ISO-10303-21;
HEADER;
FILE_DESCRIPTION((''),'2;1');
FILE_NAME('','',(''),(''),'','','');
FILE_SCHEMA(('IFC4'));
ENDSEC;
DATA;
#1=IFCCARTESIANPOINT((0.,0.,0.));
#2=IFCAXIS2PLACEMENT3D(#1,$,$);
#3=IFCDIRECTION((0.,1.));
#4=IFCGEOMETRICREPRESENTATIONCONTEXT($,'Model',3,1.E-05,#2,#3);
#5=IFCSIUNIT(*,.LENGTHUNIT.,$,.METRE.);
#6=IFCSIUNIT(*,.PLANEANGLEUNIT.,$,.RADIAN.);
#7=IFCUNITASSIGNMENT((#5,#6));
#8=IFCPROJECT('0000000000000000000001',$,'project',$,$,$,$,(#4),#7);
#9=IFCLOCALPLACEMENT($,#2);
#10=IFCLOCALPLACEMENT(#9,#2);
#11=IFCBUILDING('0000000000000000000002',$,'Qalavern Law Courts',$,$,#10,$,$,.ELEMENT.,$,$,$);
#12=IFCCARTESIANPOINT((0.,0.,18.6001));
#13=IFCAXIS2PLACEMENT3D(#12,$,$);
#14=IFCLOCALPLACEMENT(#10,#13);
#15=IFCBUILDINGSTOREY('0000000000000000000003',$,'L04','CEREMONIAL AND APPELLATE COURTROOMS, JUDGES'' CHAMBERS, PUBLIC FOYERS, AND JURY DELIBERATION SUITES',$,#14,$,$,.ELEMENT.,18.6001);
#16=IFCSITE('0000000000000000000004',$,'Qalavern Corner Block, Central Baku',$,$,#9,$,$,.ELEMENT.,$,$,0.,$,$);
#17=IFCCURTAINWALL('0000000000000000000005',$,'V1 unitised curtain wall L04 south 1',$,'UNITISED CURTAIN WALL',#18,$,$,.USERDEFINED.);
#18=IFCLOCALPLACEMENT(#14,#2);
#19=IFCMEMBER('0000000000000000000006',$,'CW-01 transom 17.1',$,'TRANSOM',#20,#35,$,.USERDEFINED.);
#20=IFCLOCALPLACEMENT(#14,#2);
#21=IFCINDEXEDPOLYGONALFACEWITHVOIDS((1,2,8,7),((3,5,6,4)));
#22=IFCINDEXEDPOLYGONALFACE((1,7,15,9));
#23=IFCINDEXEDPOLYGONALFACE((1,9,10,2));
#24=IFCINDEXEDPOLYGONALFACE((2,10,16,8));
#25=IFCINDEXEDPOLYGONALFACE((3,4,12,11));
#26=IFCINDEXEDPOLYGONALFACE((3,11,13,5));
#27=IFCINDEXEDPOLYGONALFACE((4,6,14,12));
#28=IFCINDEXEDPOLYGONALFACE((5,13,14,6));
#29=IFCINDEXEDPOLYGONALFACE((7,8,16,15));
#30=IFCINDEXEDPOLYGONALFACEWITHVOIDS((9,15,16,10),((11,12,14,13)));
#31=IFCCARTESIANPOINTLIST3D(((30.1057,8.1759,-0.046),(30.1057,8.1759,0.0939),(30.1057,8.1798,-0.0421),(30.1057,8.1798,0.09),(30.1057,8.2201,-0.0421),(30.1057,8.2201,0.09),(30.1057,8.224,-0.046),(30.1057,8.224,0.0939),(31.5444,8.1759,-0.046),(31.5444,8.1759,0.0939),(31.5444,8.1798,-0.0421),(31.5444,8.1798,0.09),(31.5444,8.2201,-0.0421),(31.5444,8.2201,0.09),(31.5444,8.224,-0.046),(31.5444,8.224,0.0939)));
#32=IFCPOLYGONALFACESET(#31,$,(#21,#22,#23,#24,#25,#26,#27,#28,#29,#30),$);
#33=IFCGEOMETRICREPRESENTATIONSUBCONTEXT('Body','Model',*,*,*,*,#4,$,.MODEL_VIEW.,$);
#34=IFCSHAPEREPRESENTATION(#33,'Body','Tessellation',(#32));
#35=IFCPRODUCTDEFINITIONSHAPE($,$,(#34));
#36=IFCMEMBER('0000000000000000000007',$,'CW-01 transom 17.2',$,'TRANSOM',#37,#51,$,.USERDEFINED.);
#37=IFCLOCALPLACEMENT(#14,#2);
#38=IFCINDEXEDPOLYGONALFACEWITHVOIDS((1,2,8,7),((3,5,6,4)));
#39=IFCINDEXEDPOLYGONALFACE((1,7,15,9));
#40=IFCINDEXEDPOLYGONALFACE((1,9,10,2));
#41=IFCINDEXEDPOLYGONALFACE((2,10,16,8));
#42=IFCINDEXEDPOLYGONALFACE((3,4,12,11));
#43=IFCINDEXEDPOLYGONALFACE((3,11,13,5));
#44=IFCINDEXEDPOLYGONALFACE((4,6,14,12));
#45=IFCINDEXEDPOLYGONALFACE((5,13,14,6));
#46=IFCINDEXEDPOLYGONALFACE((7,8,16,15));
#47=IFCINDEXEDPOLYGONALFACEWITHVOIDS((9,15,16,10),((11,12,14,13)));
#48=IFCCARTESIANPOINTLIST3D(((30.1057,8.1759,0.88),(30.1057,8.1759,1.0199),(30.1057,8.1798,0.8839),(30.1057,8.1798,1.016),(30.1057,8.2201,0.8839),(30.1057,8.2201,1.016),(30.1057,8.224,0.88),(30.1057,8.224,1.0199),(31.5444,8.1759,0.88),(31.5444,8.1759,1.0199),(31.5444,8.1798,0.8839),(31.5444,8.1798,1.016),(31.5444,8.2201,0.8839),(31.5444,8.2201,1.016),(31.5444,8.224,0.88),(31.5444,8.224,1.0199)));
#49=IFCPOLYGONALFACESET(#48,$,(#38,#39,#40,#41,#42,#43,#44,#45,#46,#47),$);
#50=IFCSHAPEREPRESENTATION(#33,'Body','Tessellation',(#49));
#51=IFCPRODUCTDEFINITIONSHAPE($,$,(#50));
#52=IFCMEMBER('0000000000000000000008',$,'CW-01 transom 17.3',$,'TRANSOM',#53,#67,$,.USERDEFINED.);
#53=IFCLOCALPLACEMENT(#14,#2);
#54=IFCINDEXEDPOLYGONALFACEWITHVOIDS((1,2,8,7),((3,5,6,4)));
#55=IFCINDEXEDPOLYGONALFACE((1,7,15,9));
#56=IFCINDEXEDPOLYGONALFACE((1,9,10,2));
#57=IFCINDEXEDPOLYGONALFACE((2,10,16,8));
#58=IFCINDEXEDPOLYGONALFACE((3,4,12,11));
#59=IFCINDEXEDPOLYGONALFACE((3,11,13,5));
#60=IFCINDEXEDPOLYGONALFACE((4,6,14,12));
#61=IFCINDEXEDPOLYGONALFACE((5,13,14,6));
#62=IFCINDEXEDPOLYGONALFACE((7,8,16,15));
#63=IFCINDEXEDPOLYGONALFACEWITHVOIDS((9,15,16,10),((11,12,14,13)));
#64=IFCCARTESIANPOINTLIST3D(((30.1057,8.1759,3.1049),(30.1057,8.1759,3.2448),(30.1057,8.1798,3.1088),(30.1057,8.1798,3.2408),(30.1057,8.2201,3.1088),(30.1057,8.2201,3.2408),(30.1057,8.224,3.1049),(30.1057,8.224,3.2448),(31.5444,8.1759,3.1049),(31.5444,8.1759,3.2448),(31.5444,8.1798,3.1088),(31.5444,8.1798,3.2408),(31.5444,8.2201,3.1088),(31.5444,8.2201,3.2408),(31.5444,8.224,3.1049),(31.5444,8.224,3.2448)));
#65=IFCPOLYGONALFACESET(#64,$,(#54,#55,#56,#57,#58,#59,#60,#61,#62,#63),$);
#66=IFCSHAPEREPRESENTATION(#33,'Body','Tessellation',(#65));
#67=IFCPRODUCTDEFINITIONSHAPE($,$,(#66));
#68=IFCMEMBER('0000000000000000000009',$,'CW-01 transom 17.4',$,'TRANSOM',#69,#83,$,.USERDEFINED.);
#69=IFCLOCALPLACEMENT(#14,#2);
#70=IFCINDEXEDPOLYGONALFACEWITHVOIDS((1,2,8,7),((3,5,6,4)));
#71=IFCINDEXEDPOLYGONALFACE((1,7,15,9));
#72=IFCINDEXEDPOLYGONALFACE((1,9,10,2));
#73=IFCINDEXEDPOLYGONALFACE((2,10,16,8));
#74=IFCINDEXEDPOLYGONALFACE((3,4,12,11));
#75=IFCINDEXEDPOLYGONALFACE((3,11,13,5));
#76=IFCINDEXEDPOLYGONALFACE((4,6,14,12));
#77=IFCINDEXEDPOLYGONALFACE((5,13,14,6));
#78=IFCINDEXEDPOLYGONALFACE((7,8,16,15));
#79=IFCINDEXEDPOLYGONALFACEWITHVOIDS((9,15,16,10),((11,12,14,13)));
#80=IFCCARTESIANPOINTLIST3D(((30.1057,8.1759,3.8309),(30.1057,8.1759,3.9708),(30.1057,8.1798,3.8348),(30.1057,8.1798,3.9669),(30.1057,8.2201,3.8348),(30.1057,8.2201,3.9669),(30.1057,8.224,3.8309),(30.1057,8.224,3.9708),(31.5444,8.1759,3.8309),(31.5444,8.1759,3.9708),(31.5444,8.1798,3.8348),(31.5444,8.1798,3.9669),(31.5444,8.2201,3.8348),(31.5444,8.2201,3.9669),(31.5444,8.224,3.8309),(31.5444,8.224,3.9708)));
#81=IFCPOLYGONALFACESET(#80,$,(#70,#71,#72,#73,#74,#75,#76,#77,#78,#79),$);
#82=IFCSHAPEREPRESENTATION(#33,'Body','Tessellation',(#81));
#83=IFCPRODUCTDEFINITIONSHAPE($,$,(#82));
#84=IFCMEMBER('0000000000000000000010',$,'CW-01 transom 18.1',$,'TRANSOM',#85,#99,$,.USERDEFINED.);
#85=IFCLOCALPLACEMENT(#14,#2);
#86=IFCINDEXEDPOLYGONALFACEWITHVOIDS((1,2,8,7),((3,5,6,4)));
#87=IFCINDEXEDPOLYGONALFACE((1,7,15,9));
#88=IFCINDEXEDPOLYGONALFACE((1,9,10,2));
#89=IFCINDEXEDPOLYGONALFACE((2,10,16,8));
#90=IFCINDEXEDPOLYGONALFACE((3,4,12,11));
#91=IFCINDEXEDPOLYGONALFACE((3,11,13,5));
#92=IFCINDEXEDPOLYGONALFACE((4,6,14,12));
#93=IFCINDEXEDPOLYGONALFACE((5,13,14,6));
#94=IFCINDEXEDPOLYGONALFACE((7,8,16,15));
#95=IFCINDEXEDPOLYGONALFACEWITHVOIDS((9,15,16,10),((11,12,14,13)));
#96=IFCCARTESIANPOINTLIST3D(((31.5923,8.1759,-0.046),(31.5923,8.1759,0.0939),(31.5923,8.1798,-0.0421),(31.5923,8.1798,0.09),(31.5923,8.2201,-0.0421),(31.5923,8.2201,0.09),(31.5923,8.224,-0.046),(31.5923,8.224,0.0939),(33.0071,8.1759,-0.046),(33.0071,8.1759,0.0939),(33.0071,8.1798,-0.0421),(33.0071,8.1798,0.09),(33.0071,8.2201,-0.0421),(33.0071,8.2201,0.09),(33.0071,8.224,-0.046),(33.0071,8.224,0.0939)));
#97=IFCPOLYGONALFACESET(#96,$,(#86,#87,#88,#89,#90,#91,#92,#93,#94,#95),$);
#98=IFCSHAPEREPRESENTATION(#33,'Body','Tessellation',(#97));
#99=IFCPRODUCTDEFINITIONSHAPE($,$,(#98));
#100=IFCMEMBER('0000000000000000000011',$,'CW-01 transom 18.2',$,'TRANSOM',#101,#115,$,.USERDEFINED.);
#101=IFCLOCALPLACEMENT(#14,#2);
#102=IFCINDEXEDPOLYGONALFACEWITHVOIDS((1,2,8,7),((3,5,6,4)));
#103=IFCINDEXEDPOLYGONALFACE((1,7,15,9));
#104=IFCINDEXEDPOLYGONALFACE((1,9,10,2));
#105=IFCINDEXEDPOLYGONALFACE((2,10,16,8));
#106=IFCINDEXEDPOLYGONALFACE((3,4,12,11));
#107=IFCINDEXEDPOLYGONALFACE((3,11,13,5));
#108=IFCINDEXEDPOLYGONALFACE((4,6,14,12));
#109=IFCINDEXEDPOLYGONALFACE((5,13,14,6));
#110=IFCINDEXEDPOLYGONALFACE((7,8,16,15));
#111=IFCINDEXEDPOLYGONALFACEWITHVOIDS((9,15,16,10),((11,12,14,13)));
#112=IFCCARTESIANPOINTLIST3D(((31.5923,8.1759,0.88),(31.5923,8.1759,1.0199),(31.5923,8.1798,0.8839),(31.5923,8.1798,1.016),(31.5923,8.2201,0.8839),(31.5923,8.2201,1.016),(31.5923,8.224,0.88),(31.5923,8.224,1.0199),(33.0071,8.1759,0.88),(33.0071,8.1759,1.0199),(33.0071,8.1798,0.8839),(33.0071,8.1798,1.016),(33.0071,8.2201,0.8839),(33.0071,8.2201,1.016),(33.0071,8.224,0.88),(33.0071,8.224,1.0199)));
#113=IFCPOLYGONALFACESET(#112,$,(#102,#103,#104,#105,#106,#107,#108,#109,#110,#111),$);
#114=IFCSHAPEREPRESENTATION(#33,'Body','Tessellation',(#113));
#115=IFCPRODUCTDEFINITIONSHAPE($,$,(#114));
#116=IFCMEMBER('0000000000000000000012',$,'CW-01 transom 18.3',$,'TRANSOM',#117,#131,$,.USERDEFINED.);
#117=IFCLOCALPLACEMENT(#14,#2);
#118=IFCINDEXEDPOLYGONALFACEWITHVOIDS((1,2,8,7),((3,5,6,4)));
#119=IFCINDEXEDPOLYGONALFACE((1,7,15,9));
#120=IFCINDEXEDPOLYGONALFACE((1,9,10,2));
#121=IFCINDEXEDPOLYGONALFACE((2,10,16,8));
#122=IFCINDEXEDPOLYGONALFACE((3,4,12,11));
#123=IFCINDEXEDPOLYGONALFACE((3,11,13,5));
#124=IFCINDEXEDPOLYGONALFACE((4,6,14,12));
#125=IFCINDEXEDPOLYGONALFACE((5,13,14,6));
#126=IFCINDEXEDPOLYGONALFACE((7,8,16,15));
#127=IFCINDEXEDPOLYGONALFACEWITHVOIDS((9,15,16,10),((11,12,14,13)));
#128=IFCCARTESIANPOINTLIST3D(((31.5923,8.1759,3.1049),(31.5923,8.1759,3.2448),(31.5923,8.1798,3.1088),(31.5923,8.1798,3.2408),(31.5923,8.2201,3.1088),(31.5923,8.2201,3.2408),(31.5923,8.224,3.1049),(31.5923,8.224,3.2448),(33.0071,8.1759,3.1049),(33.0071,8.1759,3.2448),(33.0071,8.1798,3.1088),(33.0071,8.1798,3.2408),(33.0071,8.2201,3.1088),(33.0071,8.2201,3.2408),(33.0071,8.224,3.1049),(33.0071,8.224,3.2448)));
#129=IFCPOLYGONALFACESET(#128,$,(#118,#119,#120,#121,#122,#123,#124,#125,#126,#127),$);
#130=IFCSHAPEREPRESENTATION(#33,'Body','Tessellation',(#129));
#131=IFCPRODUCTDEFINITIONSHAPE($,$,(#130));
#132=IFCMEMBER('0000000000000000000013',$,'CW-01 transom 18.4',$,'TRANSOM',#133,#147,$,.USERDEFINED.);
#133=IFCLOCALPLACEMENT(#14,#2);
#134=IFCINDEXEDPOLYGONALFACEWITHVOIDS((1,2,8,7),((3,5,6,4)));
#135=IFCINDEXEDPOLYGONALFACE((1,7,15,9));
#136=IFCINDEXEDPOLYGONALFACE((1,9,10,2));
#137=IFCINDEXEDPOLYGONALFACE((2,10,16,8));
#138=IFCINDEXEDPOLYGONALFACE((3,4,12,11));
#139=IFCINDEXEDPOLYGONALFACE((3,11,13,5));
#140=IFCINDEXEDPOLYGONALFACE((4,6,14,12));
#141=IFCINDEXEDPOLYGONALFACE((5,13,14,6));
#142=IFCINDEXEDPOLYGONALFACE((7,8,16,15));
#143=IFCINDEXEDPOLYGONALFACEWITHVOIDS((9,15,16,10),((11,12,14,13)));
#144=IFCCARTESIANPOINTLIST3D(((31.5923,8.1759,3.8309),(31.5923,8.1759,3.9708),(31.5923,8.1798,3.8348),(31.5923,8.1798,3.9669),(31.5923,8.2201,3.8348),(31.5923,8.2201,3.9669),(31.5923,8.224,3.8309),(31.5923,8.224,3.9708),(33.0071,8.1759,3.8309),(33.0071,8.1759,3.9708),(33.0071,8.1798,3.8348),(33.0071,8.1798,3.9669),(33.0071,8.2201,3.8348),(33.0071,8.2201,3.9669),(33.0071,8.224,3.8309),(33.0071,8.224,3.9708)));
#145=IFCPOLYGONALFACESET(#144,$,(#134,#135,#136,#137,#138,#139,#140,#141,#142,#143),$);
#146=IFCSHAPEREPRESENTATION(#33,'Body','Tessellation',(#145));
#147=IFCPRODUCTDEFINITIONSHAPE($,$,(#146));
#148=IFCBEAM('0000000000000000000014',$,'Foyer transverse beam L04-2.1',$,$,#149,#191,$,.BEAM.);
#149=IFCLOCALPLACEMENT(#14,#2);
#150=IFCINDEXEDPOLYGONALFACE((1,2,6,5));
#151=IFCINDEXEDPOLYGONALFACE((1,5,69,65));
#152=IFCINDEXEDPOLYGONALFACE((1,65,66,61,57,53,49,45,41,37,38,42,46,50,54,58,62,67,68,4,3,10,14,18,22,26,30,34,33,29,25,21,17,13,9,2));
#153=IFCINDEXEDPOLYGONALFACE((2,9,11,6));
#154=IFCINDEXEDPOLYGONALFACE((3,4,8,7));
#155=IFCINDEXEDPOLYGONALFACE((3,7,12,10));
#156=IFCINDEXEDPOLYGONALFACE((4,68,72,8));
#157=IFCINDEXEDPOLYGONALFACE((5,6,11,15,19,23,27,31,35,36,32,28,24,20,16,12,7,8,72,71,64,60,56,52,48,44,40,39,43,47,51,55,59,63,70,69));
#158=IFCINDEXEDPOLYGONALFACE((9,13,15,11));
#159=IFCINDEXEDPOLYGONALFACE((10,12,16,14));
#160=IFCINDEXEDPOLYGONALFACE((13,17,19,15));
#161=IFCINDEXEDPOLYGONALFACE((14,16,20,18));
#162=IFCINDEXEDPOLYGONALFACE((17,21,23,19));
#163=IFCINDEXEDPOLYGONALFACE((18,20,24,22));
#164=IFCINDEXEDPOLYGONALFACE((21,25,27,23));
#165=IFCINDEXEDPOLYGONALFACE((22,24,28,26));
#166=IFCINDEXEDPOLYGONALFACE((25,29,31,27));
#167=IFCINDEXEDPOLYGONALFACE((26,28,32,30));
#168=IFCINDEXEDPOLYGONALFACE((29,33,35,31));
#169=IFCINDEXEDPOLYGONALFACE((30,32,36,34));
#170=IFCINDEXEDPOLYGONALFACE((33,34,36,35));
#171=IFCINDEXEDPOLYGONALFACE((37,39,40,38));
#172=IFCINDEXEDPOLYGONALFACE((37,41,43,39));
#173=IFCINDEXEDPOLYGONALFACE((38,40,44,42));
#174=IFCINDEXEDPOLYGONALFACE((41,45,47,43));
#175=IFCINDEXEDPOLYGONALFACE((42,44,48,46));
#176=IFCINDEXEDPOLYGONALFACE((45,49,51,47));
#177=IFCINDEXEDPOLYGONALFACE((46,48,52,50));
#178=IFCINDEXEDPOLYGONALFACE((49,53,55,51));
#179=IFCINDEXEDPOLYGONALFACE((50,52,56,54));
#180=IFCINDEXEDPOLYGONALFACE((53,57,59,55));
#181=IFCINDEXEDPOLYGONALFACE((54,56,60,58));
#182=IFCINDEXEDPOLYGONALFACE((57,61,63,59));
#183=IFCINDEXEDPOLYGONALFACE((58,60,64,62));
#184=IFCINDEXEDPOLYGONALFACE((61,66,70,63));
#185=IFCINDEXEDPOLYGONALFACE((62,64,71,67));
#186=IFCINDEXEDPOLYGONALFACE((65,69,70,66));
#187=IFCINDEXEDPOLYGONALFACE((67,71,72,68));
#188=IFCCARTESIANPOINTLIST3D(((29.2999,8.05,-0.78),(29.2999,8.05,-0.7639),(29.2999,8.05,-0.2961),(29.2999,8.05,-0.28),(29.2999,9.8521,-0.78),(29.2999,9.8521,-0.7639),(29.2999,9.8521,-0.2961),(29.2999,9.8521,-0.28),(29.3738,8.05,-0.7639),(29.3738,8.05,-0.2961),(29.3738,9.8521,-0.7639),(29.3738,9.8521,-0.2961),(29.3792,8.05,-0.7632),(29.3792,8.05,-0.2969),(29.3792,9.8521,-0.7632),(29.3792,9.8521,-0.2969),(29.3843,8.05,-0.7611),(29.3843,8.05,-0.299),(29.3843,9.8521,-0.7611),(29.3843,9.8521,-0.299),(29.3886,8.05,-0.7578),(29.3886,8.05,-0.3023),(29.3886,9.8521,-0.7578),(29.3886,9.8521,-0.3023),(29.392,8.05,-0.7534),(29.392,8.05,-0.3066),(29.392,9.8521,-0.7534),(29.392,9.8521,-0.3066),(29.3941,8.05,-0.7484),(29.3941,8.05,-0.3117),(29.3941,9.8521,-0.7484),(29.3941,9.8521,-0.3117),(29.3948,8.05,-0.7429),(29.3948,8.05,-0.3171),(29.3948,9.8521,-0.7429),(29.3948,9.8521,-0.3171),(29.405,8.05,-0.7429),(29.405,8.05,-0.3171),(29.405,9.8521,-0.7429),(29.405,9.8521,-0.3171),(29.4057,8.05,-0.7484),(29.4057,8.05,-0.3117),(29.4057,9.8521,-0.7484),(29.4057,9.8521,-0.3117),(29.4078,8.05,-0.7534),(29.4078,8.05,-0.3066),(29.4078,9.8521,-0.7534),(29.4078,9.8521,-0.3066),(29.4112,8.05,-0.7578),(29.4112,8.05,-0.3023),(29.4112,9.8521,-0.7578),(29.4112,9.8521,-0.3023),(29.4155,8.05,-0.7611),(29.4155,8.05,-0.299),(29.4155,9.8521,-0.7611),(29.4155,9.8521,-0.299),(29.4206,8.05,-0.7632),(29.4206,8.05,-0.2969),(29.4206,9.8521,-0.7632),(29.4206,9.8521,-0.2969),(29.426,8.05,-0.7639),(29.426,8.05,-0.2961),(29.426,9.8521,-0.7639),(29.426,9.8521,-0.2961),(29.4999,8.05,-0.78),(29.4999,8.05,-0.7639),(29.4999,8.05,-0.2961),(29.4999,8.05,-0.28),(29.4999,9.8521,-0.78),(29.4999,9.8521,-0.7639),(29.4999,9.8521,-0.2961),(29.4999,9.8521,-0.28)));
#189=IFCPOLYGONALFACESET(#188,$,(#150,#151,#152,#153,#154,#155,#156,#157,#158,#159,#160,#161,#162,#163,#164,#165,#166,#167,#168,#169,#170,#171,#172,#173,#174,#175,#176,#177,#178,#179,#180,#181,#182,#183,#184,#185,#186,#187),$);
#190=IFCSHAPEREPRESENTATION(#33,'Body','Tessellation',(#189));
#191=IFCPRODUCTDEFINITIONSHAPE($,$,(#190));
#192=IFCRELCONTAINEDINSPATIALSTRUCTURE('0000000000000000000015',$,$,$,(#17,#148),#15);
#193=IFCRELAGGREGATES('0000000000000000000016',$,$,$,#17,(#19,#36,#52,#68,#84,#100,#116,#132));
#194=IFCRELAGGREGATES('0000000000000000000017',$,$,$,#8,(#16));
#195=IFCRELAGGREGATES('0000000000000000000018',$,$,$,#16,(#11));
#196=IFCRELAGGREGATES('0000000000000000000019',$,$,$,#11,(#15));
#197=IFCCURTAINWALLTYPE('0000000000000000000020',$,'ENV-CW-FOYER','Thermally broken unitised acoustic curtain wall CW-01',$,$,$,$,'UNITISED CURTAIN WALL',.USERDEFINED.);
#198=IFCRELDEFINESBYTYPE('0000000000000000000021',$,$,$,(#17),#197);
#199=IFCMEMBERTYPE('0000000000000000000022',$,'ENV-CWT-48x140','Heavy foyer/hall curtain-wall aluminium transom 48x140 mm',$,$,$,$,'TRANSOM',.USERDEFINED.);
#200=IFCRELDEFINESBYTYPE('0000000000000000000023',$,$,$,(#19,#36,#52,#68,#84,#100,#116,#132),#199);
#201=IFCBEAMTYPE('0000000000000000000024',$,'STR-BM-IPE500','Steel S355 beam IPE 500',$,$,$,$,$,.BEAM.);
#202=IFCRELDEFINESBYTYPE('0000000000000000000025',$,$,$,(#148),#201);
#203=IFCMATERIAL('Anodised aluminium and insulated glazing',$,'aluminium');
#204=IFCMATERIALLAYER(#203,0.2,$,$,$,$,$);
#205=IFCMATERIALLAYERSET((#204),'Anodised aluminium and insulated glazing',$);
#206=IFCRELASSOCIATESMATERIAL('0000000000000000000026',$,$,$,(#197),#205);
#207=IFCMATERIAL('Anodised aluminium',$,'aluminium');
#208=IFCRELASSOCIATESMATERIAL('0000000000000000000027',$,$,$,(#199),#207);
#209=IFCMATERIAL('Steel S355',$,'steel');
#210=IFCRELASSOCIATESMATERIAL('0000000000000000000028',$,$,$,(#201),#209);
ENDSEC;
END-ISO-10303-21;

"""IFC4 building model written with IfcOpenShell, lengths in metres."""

from ifc_helpers import new_model, si_unit, direction, frame, origin, origin_2d, place, context, subcontext, project, spatial, hollow_rectangle, i_section, extrude, material, layer, layer_set, material_profile, profile_set, type_object, element, aggregate, save


model = new_model("IFC4")

# Units and contexts
model_context = context("Model", 3, precision=1e-05, world=origin(), true_north=direction((0.0, 1.0)))
body_context = subcontext(model_context, "Body", "Model", "MODEL_VIEW")
ifc_project = project(units=[si_unit("LENGTHUNIT", "METRE"), si_unit("PLANEANGLEUNIT", "RADIAN")], contexts=[model_context])

# Site, building, storey
site_placement = place(None, origin())
site = spatial("IfcSite", under=ifc_project, at=site_placement, Name="Qalavern Corner Block, Central Baku", CompositionType="ELEMENT", RefElevation=0.0)
building_placement = place(site_placement, origin())
building = spatial("IfcBuilding", under=site, at=building_placement, Name="Qalavern Law Courts", CompositionType="ELEMENT")
storey_placement = place(building_placement, frame((0.0, 0.0, 18.6001)))
storey = spatial("IfcBuildingStorey", under=building, at=storey_placement, Name="L04", Description="CEREMONIAL AND APPELLATE COURTROOMS, JUDGES' CHAMBERS, PUBLIC FOYERS, AND JURY DELIBERATION SUITES", CompositionType="ELEMENT", Elevation=18.6001)

# Curtain wall, members
ifc_material_1 = material(Name="Anodised aluminium and insulated glazing", Category="aluminium")
ifc_layer_1 = layer(ifc_material_1, 0.2)
ifc_layer_set_1 = layer_set([ifc_layer_1], Name="Anodised aluminium and insulated glazing")
curtain_wall_type = type_object("IfcCurtainWallType", Name="ENV-CW-FOYER", Description="Thermally broken unitised acoustic curtain wall CW-01", ElementType="UNITISED CURTAIN WALL", PredefinedType="USERDEFINED", material=ifc_layer_set_1)
curtain_wall_placement = place(storey_placement, origin())
curtain_wall = element("IfcCurtainWall", 1, at=curtain_wall_placement, inside=storey, type_object=curtain_wall_type, Name="V1 unitised curtain wall L04 south 1", ObjectType="UNITISED CURTAIN WALL", PredefinedType="USERDEFINED")
ifc_material_2 = material(Name="Anodised aluminium", Category="aluminium")
ifc_material_profile_1 = material_profile(ifc_material_2, hollow_rectangle(XDim=0.0481, YDim=0.1399, WallThickness=0.0039, at=origin_2d()), Name="ALU TRANSOM 48x140")
ifc_profile_set_1 = profile_set([ifc_material_profile_1], Name="Anodised aluminium")
member_type_1 = type_object("IfcMemberType", Name="ENV-CWT-48x140", Description="Heavy foyer/hall curtain-wall aluminium transom 48x140 mm", ElementType="TRANSOM", PredefinedType="USERDEFINED", material=ifc_profile_set_1)
member_1_placement = place(storey_placement, frame((30.1057, 8.2, 0.0239), z_axis=(1.0, 0.0, 0.0), x_axis=(0.0, 1.0, 0.0)))
member_1 = element("IfcMember", 2, at=member_1_placement, type_object=member_type_1, Name="CW-01 transom 17.1", ObjectType="TRANSOM", PredefinedType="USERDEFINED", context=body_context, shape_type="SweptSolid", body=[
    extrude(hollow_rectangle(XDim=0.0481, YDim=0.1399, WallThickness=0.0039, at=origin_2d()), origin(), (0.0, 0.0, 1.0), 1.4387),
])
member_2_placement = place(storey_placement, frame((30.1057, 8.2, 0.95), z_axis=(1.0, 0.0, 0.0), x_axis=(0.0, 1.0, 0.0)))
member_2 = element("IfcMember", 3, at=member_2_placement, type_object=member_type_1, Name="CW-01 transom 17.2", ObjectType="TRANSOM", PredefinedType="USERDEFINED", context=body_context, shape_type="SweptSolid", body=[
    extrude(hollow_rectangle(XDim=0.0481, YDim=0.1399, WallThickness=0.0039, at=origin_2d()), origin(), (0.0, 0.0, 1.0), 1.4387),
])
member_3_placement = place(storey_placement, frame((30.1057, 8.2, 3.1748), z_axis=(1.0, 0.0, 0.0), x_axis=(0.0, 1.0, 0.0)))
member_3 = element("IfcMember", 4, at=member_3_placement, type_object=member_type_1, Name="CW-01 transom 17.3", ObjectType="TRANSOM", PredefinedType="USERDEFINED", context=body_context, shape_type="SweptSolid", body=[
    extrude(hollow_rectangle(XDim=0.0481, YDim=0.1399, WallThickness=0.0039, at=origin_2d()), origin(), (0.0, 0.0, 1.0), 1.4387),
])
member_4_placement = place(storey_placement, frame((30.1057, 8.2, 3.9009), z_axis=(1.0, 0.0, 0.0), x_axis=(0.0, 1.0, 0.0)))
member_4 = element("IfcMember", 5, at=member_4_placement, type_object=member_type_1, Name="CW-01 transom 17.4", ObjectType="TRANSOM", PredefinedType="USERDEFINED", context=body_context, shape_type="SweptSolid", body=[
    extrude(hollow_rectangle(XDim=0.0481, YDim=0.1399, WallThickness=0.0039, at=origin_2d()), origin(), (0.0, 0.0, 1.0), 1.4387),
])
member_5_placement = place(storey_placement, frame((31.5923, 8.2, 0.0239), z_axis=(1.0, 0.0, 0.0), x_axis=(0.0, 1.0, 0.0)))
member_5 = element("IfcMember", 6, at=member_5_placement, type_object=member_type_1, Name="CW-01 transom 18.1", ObjectType="TRANSOM", PredefinedType="USERDEFINED", context=body_context, shape_type="SweptSolid", body=[
    extrude(hollow_rectangle(XDim=0.0481, YDim=0.1399, WallThickness=0.0039, at=origin_2d()), origin(), (0.0, 0.0, 1.0), 1.4148),
])
member_6_placement = place(storey_placement, frame((31.5923, 8.2, 0.95), z_axis=(1.0, 0.0, 0.0), x_axis=(0.0, 1.0, 0.0)))
member_6 = element("IfcMember", 7, at=member_6_placement, type_object=member_type_1, Name="CW-01 transom 18.2", ObjectType="TRANSOM", PredefinedType="USERDEFINED", context=body_context, shape_type="SweptSolid", body=[
    extrude(hollow_rectangle(XDim=0.0481, YDim=0.1399, WallThickness=0.0039, at=origin_2d()), origin(), (0.0, 0.0, 1.0), 1.4148),
])
member_7_placement = place(storey_placement, frame((31.5923, 8.2, 3.1748), z_axis=(1.0, 0.0, 0.0), x_axis=(0.0, 1.0, 0.0)))
member_7 = element("IfcMember", 8, at=member_7_placement, type_object=member_type_1, Name="CW-01 transom 18.3", ObjectType="TRANSOM", PredefinedType="USERDEFINED", context=body_context, shape_type="SweptSolid", body=[
    extrude(hollow_rectangle(XDim=0.0481, YDim=0.1399, WallThickness=0.0039, at=origin_2d()), origin(), (0.0, 0.0, 1.0), 1.4148),
])
member_8_placement = place(storey_placement, frame((31.5923, 8.2, 3.9009), z_axis=(1.0, 0.0, 0.0), x_axis=(0.0, 1.0, 0.0)))
member_8 = element("IfcMember", 9, at=member_8_placement, type_object=member_type_1, Name="CW-01 transom 18.4", ObjectType="TRANSOM", PredefinedType="USERDEFINED", context=body_context, shape_type="SweptSolid", body=[
    extrude(hollow_rectangle(XDim=0.0481, YDim=0.1399, WallThickness=0.0039, at=origin_2d()), origin(), (0.0, 0.0, 1.0), 1.4148),
])

# Beam
ifc_material_3 = material(Name="Steel S355", Category="steel")
ifc_material_profile_2 = material_profile(ifc_material_3, i_section(OverallWidth=0.2, OverallDepth=0.5, WebThickness=0.0103, FlangeThickness=0.0161, FilletRadius=0.021, at=origin_2d()), Name="IPE 500")
ifc_profile_set_2 = profile_set([ifc_material_profile_2], Name="Steel S355")
beam_type_1 = type_object("IfcBeamType", Name="STR-BM-IPE500", Description="Steel S355 beam IPE 500", PredefinedType="BEAM", material=ifc_profile_set_2)
beam_1_placement = place(storey_placement, frame((29.3999, 8.05, -0.53), z_axis=(0.0, 1.0, 0.0), x_axis=(-1.0, 0.0, 0.0)))
element("IfcBeam", 10, at=beam_1_placement, inside=storey, type_object=beam_type_1, Name="Foyer transverse beam L04-2.1", PredefinedType="BEAM", context=body_context, shape_type="SweptSolid", body=[
    extrude(i_section(OverallWidth=0.2, OverallDepth=0.5, WebThickness=0.0103, FlangeThickness=0.0161, FilletRadius=0.021, at=origin_2d()), origin(), (0.0, 0.0, 1.0), 1.802),
])

aggregate(curtain_wall, [member_1, member_2, member_3, member_4, member_5, member_6, member_7, member_8])

save(model, "model.ifc")
